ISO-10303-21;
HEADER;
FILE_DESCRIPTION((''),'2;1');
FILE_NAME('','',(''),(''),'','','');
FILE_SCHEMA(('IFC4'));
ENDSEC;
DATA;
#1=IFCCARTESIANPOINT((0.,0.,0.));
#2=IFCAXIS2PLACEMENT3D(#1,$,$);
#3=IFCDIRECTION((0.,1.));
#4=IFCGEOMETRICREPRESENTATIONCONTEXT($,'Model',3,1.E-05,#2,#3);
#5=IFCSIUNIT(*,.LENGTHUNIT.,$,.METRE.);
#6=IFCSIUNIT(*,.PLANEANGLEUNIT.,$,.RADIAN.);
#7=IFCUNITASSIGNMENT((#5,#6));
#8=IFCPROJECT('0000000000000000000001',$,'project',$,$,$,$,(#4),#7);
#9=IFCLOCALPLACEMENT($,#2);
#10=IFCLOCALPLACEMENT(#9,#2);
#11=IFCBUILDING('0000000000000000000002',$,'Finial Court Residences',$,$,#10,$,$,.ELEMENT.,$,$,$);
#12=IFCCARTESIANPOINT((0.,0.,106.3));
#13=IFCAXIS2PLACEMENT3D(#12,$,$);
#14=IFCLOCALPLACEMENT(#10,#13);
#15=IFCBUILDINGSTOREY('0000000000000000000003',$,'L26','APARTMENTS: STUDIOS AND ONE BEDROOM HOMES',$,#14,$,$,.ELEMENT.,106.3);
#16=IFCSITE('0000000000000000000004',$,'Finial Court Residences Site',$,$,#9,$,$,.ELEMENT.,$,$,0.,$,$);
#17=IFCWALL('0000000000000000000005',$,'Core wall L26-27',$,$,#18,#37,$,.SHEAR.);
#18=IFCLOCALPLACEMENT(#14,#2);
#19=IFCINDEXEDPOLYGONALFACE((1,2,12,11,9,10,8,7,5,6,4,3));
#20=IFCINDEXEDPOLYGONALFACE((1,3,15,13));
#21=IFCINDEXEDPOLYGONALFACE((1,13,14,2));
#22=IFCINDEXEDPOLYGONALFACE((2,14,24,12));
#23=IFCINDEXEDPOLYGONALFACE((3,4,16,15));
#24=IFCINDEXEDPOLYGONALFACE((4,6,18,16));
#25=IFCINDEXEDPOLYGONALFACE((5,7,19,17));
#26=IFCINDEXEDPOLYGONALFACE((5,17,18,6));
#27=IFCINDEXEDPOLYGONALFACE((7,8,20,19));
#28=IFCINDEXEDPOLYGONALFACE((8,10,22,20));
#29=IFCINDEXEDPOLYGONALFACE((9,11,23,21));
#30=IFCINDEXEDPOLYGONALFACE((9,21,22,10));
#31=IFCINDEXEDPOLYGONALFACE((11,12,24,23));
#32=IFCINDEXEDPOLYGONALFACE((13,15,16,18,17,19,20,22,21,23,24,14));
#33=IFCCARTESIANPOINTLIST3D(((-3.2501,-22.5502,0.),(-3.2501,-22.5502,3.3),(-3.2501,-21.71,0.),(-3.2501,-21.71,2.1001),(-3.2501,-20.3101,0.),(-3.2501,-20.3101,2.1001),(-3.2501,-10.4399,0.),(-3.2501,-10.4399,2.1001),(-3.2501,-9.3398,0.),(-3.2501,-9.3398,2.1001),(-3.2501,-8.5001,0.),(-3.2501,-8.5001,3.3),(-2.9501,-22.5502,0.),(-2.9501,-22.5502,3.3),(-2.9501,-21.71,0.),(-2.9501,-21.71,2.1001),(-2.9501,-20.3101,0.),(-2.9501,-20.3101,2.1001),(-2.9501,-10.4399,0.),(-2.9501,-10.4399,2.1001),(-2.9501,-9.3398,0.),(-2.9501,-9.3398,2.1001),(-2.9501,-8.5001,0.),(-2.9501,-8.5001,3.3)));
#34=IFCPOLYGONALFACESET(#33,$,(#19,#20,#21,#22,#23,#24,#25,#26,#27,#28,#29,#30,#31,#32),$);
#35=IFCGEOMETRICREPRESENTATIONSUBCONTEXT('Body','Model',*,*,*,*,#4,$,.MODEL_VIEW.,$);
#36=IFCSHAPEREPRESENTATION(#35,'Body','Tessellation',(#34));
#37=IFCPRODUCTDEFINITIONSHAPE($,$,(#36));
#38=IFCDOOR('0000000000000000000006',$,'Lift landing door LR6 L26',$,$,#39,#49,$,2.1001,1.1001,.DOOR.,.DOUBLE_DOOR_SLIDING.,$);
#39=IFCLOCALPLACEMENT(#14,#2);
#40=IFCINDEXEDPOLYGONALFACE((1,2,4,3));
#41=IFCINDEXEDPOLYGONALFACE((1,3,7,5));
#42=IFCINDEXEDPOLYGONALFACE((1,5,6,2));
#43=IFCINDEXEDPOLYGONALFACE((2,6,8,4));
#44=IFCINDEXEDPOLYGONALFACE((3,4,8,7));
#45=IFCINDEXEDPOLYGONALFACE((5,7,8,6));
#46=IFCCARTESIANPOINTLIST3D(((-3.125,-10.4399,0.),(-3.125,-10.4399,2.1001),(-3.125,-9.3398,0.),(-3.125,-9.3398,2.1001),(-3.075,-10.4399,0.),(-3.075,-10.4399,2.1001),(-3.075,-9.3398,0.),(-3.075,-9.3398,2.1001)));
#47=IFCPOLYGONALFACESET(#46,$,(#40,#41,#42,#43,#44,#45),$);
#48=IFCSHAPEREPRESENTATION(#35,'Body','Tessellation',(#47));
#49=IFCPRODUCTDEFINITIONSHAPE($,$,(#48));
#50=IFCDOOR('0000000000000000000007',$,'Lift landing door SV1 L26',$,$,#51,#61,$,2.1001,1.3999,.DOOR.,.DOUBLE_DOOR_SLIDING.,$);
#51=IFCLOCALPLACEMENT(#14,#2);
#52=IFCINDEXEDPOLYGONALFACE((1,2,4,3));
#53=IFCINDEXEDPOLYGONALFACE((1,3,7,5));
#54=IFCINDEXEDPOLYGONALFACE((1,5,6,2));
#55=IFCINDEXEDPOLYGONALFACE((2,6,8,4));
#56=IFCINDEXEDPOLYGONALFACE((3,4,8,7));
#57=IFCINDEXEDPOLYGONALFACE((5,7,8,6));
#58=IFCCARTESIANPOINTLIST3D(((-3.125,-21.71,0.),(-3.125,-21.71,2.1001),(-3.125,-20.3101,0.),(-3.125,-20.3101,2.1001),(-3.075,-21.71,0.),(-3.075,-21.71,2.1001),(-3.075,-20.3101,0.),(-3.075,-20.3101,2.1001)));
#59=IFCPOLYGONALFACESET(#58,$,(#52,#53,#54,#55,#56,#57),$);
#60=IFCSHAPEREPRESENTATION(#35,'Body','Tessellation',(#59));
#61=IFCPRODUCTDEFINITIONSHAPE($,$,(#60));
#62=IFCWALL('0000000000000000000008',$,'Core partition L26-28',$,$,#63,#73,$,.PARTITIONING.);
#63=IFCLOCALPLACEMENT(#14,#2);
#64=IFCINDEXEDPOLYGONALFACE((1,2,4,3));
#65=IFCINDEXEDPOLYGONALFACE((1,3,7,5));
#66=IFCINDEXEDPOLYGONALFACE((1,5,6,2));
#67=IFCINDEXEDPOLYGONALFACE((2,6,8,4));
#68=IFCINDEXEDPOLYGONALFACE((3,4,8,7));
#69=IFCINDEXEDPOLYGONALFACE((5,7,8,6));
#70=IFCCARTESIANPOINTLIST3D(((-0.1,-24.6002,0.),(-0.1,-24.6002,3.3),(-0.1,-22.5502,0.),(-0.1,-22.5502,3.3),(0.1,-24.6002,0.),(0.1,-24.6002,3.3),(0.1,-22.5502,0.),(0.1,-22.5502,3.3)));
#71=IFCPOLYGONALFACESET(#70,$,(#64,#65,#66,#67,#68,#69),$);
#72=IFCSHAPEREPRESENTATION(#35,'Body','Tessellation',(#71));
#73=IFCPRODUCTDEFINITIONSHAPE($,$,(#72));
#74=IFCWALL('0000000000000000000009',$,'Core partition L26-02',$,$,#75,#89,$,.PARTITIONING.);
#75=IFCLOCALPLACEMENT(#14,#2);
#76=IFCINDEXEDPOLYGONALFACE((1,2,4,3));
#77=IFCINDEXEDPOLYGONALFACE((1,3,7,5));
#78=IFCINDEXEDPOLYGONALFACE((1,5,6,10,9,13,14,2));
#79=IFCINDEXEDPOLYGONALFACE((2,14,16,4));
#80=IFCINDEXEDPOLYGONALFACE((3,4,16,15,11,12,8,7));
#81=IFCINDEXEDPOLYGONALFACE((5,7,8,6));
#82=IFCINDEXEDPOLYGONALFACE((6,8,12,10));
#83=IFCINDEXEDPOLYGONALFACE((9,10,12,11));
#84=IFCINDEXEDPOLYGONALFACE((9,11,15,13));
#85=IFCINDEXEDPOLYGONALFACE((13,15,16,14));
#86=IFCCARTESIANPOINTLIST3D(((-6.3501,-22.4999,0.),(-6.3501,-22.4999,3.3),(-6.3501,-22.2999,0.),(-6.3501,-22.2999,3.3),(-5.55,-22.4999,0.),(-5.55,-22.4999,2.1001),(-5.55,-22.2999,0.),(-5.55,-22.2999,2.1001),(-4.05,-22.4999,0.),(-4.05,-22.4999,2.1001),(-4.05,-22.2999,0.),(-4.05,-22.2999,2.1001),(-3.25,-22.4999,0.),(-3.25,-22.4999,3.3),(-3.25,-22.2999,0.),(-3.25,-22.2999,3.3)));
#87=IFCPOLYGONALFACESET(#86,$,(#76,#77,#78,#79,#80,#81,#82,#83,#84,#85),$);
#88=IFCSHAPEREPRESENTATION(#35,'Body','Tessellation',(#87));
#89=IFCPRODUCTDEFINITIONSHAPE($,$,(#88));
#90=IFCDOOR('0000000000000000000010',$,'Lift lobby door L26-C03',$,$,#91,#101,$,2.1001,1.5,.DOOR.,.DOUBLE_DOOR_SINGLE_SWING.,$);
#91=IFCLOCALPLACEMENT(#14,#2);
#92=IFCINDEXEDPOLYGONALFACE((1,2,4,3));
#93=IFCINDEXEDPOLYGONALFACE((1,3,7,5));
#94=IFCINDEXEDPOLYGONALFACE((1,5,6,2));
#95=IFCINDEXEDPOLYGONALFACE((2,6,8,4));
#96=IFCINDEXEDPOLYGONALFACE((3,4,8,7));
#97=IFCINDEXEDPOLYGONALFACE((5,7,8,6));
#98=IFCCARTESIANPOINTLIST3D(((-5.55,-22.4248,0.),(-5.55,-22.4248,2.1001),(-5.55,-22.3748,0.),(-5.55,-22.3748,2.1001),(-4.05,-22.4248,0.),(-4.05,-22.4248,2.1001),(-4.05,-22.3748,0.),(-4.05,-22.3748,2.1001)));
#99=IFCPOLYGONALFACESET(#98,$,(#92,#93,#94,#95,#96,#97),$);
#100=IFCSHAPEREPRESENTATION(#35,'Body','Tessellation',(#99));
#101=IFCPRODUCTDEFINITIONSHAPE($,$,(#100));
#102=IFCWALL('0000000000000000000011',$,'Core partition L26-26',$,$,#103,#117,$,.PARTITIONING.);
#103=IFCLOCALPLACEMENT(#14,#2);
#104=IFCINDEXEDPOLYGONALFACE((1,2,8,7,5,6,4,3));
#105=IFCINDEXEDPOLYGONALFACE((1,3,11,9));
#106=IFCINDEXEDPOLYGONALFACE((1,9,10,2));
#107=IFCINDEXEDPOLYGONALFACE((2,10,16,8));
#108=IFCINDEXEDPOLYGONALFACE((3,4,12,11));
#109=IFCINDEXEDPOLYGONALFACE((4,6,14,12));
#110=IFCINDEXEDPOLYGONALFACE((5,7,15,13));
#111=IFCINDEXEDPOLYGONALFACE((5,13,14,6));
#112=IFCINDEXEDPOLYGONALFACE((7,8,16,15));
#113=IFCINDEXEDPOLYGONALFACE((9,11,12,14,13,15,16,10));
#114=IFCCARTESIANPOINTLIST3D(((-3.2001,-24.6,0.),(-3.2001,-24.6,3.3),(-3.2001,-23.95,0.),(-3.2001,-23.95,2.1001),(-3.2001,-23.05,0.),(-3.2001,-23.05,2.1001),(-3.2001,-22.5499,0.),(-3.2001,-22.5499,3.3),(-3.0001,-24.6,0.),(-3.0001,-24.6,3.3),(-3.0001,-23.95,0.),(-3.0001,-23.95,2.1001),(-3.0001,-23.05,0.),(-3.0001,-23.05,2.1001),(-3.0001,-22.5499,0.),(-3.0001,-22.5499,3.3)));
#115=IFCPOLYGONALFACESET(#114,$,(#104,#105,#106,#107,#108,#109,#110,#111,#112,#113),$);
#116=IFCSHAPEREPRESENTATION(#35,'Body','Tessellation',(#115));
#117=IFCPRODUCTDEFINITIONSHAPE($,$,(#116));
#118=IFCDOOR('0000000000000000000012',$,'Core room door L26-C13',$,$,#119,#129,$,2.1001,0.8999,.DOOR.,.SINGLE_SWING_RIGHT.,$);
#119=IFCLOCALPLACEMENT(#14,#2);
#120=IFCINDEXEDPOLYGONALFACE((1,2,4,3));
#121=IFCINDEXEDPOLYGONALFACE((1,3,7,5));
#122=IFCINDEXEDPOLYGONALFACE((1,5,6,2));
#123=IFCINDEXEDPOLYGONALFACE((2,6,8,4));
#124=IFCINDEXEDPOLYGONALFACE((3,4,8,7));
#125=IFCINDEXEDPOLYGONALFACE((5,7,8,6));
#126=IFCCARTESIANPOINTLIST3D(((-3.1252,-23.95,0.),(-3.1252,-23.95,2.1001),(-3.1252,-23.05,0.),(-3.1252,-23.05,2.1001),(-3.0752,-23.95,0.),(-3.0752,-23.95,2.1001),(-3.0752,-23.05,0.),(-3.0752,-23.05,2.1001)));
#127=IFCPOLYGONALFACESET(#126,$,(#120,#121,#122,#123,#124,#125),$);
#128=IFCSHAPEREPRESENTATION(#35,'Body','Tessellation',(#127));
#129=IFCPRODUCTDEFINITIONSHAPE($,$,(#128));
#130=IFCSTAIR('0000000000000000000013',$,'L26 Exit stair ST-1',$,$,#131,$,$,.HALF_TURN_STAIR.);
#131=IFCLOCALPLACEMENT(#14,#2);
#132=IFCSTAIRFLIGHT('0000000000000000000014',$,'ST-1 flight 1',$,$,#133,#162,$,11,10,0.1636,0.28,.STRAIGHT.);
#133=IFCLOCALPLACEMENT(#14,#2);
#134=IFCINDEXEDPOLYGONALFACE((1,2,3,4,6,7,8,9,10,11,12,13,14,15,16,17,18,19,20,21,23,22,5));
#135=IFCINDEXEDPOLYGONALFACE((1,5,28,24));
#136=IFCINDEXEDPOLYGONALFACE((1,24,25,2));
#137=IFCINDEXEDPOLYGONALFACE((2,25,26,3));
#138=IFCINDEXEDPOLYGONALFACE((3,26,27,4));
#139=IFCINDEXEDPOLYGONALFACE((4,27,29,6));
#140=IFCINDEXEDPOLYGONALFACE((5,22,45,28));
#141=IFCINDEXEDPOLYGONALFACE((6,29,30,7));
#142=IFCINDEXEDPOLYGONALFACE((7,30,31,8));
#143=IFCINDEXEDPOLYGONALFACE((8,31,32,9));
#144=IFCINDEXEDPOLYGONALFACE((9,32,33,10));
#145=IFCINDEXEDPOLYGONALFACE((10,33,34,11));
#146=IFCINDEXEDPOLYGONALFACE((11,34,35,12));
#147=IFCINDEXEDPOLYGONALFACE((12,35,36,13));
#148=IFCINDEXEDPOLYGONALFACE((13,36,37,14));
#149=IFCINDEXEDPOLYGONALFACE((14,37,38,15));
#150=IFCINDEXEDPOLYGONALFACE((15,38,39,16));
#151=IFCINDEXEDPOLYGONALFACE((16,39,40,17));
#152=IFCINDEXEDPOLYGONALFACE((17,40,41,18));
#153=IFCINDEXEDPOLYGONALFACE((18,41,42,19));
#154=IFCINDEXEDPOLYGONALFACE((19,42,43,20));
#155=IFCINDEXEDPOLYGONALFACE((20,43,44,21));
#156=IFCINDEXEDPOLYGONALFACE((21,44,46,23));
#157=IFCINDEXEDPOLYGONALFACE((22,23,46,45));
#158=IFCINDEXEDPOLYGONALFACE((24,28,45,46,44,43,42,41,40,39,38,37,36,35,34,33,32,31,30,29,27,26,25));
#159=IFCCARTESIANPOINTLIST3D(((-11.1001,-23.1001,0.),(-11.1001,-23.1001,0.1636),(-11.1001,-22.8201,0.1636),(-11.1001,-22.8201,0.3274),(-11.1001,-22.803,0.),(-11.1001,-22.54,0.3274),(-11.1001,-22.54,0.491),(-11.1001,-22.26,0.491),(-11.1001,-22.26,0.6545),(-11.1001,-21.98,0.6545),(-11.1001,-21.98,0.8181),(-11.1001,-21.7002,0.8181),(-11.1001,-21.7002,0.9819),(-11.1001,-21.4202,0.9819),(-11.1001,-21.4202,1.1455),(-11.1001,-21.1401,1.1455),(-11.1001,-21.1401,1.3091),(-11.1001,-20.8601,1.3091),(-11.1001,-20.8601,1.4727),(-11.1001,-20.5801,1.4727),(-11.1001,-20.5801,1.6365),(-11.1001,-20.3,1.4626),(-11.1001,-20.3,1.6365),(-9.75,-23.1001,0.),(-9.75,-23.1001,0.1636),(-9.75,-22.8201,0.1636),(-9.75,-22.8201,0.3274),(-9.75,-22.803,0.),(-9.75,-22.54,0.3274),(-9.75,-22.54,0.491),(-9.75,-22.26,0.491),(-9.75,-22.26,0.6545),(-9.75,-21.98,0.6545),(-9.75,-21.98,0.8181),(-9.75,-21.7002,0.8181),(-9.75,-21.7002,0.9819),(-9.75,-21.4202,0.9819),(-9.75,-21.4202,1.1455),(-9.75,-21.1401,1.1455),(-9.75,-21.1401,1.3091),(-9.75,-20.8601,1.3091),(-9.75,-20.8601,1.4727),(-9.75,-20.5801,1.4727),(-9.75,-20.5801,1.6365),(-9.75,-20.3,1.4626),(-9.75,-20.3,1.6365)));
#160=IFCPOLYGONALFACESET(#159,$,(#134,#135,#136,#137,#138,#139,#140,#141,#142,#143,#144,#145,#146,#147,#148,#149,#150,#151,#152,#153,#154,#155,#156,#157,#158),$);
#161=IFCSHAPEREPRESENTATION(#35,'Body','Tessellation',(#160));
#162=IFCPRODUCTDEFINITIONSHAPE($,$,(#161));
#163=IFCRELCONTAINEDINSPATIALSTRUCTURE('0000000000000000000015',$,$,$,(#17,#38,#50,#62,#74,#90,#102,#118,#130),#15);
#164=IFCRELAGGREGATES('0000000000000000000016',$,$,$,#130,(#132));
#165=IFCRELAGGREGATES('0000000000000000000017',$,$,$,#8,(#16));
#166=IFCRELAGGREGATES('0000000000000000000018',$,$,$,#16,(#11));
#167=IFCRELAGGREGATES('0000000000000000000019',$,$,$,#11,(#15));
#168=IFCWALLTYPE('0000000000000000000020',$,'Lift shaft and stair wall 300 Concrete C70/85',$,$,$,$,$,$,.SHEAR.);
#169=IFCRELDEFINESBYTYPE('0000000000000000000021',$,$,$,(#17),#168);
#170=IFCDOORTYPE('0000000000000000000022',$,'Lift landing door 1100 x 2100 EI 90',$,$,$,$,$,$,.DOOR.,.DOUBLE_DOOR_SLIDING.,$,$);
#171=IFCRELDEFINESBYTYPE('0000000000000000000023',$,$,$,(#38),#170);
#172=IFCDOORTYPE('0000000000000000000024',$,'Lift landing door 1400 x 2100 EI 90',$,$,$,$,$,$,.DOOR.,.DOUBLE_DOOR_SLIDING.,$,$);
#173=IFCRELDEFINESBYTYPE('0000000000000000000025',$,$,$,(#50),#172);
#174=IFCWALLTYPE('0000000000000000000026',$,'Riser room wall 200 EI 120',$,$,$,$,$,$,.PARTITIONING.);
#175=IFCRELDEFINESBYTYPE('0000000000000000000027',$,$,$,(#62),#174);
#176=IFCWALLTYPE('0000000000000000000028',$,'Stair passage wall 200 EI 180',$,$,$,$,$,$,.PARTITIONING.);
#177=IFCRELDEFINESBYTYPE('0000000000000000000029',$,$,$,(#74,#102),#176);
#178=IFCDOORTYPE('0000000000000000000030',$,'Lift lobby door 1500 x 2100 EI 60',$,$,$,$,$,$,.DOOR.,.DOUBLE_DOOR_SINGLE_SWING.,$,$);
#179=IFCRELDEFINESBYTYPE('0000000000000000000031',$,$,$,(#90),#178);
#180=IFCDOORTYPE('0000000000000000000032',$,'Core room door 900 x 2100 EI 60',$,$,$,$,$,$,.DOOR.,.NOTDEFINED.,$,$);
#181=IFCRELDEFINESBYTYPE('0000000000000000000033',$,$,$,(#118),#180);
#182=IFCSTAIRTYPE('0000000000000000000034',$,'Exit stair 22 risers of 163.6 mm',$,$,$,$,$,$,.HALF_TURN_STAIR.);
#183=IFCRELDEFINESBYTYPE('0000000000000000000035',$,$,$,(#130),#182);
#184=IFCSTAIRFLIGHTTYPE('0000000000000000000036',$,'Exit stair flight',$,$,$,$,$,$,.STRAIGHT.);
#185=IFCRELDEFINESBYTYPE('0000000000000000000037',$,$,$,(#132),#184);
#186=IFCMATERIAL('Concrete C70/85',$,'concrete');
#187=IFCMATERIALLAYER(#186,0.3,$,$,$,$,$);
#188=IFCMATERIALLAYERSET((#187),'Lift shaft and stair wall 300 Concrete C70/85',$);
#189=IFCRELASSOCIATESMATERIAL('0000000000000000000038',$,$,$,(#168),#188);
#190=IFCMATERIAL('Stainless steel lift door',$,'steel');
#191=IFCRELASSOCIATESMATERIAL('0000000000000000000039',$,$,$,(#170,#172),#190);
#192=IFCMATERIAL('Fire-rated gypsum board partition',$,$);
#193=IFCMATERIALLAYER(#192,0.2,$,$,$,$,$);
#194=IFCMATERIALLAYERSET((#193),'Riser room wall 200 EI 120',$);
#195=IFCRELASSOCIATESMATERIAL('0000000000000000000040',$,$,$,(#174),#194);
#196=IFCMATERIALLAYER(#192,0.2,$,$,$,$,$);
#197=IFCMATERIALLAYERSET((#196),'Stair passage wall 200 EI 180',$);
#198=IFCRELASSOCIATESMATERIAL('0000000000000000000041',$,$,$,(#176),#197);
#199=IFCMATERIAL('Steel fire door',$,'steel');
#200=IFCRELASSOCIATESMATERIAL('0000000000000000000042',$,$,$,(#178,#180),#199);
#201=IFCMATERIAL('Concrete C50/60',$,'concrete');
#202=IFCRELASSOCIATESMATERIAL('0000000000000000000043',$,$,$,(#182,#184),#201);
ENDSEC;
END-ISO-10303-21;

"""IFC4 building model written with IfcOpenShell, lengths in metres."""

from ifc_helpers import new_model, si_unit, direction, frame, frame_2d, origin, place, context, subcontext, project, spatial, polyline, rectangle, outline, extrude, material, layer, layer_set, type_object, element, fill, aggregate, save


model = new_model("IFC4")

# Units and contexts
model_context = context("Model", 3, precision=1e-05, world=origin(), true_north=direction((0.0, 1.0)))
body_context = subcontext(model_context, "Body", "Model", "MODEL_VIEW")
ifc_project = project(units=[si_unit("LENGTHUNIT", "METRE"), si_unit("PLANEANGLEUNIT", "RADIAN")], contexts=[model_context])

# Site, building, storey
site_placement = place(None, origin())
site = spatial("IfcSite", under=ifc_project, at=site_placement, Name="Finial Court Residences Site", CompositionType="ELEMENT", RefElevation=0.0)
building_placement = place(site_placement, origin())
building = spatial("IfcBuilding", under=site, at=building_placement, Name="Finial Court Residences", CompositionType="ELEMENT")
storey_placement = place(building_placement, frame((0.0, 0.0, 106.3)))
storey = spatial("IfcBuildingStorey", under=building, at=storey_placement, Name="L26", Description="APARTMENTS: STUDIOS AND ONE BEDROOM HOMES", CompositionType="ELEMENT", Elevation=106.3)

# Shared definitions
ifc_material_1 = material(Name="Concrete C70/85", Category="concrete")
ifc_layer_1 = layer(ifc_material_1, 0.3)
ifc_layer_set_1 = layer_set([ifc_layer_1], Name="Lift shaft and stair wall 300 Concrete C70/85")
wall_type_1 = type_object("IfcWallType", Name="Lift shaft and stair wall 300 Concrete C70/85", PredefinedType="SHEAR", material=ifc_layer_set_1)

# Shared definitions
ifc_material_2 = material(Name="Steel fire door", Category="steel")

# Wall, openings, doors
ifc_material_3 = material(Name="Stainless steel lift door", Category="steel")
door_type_1 = type_object("IfcDoorType", Name="Lift landing door 1100 x 2100 EI 90", OperationType="DOUBLE_DOOR_SLIDING", PredefinedType="DOOR", material=ifc_material_3)
wall_1_placement = place(storey_placement, frame((-3.1001, -22.55, 0.0), z_axis=(0.0, 0.0, 1.0), x_axis=(0.0, 1.0, 0.0)))
wall_1 = element("IfcWall", 1, at=wall_1_placement, inside=storey, type_object=wall_type_1, Name="Core wall L26-27", PredefinedType="SHEAR", context=body_context, shape_type="SweptSolid", body=[
    extrude(rectangle(XDim=14.05, YDim=0.3, at=frame_2d((7.0249, 0.0))), origin(), (0.0, 0.0, 1.0), 3.3),
])
opening_1_placement = place(wall_1_placement, frame((12.1101, 0.0, 0.0)))
opening_1 = element("IfcOpeningElement", 2, at=opening_1_placement, cuts=wall_1, PredefinedType="OPENING", context=body_context, shape_type="SweptSolid", body=[
    extrude(rectangle(XDim=1.1001, YDim=2.1001, at=frame_2d((0.55, 1.05))), frame((0.0, 0.1599, 0.0), z_axis=(0.0, -1.0, 0.0), x_axis=(1.0, 0.0, 0.0)), (0.0, 0.0, 1.0), 0.3201),
])
opening_2_placement = place(wall_1_placement, frame((0.8401, 0.0, 0.0)))
opening_2 = element("IfcOpeningElement", 3, at=opening_2_placement, cuts=wall_1, PredefinedType="OPENING", context=body_context, shape_type="SweptSolid", body=[
    extrude(rectangle(XDim=1.3999, YDim=2.1001, at=frame_2d((0.7, 1.05))), frame((0.0, 0.1599, 0.0), z_axis=(0.0, -1.0, 0.0), x_axis=(1.0, 0.0, 0.0)), (0.0, 0.0, 1.0), 0.3201),
])
door_1_placement = place(opening_1_placement, origin())
door_1 = element("IfcDoor", 4, at=door_1_placement, inside=storey, type_object=door_type_1, Name="Lift landing door LR6 L26", OperationType="DOUBLE_DOOR_SLIDING", OverallHeight=2.1001, OverallWidth=1.1001, PredefinedType="DOOR", context=body_context, shape_type="SweptSolid", body=[
    extrude(rectangle(XDim=1.1001, YDim=2.1001, at=frame_2d((0.55, 1.05))), frame((0.0, 0.0249, 0.0), z_axis=(0.0, -1.0, 0.0), x_axis=(1.0, 0.0, 0.0)), (0.0, 0.0, 1.0), 0.05),
])
fill(opening_1, door_1)
door_type_2 = type_object("IfcDoorType", Name="Lift landing door 1400 x 2100 EI 90", OperationType="DOUBLE_DOOR_SLIDING", PredefinedType="DOOR", material=ifc_material_3)
door_2_placement = place(opening_2_placement, origin())
door_2 = element("IfcDoor", 5, at=door_2_placement, inside=storey, type_object=door_type_2, Name="Lift landing door SV1 L26", OperationType="DOUBLE_DOOR_SLIDING", OverallHeight=2.1001, OverallWidth=1.3999, PredefinedType="DOOR", context=body_context, shape_type="SweptSolid", body=[
    extrude(rectangle(XDim=1.3999, YDim=2.1001, at=frame_2d((0.7, 1.05))), frame((0.0, 0.0249, 0.0), z_axis=(0.0, -1.0, 0.0), x_axis=(1.0, 0.0, 0.0)), (0.0, 0.0, 1.0), 0.05),
])
fill(opening_2, door_2)

# Wall
ifc_material_4 = material(Name="Fire-rated gypsum board partition")
ifc_layer_2 = layer(ifc_material_4, 0.2)
ifc_layer_set_2 = layer_set([ifc_layer_2], Name="Riser room wall 200 EI 120")
wall_type_2 = type_object("IfcWallType", Name="Riser room wall 200 EI 120", PredefinedType="PARTITIONING", material=ifc_layer_set_2)
wall_2_placement = place(storey_placement, frame((0.0, -24.6001, 0.0), z_axis=(0.0, 0.0, 1.0), x_axis=(0.0, 1.0, 0.0)))
element("IfcWall", 6, at=wall_2_placement, inside=storey, type_object=wall_type_2, Name="Core partition L26-28", PredefinedType="PARTITIONING", context=body_context, shape_type="SweptSolid", body=[
    extrude(rectangle(XDim=2.05, YDim=0.2, at=frame_2d((1.0249, 0.0))), origin(), (0.0, 0.0, 1.0), 3.3),
])

# Walls, openings, doors
ifc_layer_3 = layer(ifc_material_4, 0.2)
ifc_layer_set_3 = layer_set([ifc_layer_3], Name="Stair passage wall 200 EI 180")
wall_type_3 = type_object("IfcWallType", Name="Stair passage wall 200 EI 180", PredefinedType="PARTITIONING", material=ifc_layer_set_3)
wall_3_placement = place(storey_placement, frame((-3.25, -22.3999, 0.0), z_axis=(0.0, 0.0, 1.0), x_axis=(-1.0, 0.0, 0.0)))
wall_3 = element("IfcWall", 7, at=wall_3_placement, inside=storey, type_object=wall_type_3, Name="Core partition L26-02", PredefinedType="PARTITIONING", context=body_context, shape_type="SweptSolid", body=[
    extrude(rectangle(XDim=3.1001, YDim=0.2, at=frame_2d((1.55, 0.0))), origin(), (0.0, 0.0, 1.0), 3.3),
])
opening_3_placement = place(wall_3_placement, frame((0.8, 0.0, 0.0)))
opening_3 = element("IfcOpeningElement", 8, at=opening_3_placement, cuts=wall_3, PredefinedType="OPENING", context=body_context, shape_type="SweptSolid", body=[
    extrude(rectangle(XDim=1.5, YDim=2.1001, at=frame_2d((0.75, 1.05))), frame((0.0, 0.1099, 0.0), z_axis=(0.0, -1.0, 0.0), x_axis=(1.0, 0.0, 0.0)), (0.0, 0.0, 1.0), 0.22),
])
door_type_3 = type_object("IfcDoorType", Name="Lift lobby door 1500 x 2100 EI 60", OperationType="DOUBLE_DOOR_SINGLE_SWING", PredefinedType="DOOR", material=ifc_material_2)
door_3_placement = place(opening_3_placement, origin())
door_3 = element("IfcDoor", 9, at=door_3_placement, inside=storey, type_object=door_type_3, Name="Lift lobby door L26-C03", OperationType="DOUBLE_DOOR_SINGLE_SWING", OverallHeight=2.1001, OverallWidth=1.5, PredefinedType="DOOR", context=body_context, shape_type="SweptSolid", body=[
    extrude(rectangle(XDim=1.5, YDim=2.1001, at=frame_2d((0.75, 1.05))), frame((0.0, 0.0249, 0.0), z_axis=(0.0, -1.0, 0.0), x_axis=(1.0, 0.0, 0.0)), (0.0, 0.0, 1.0), 0.05),
])
fill(opening_3, door_3)
wall_4_placement = place(storey_placement, frame((-3.1001, -22.55, 0.0), z_axis=(0.0, 0.0, 1.0), x_axis=(0.0, -1.0, 0.0)))
wall_4 = element("IfcWall", 10, at=wall_4_placement, inside=storey, type_object=wall_type_3, Name="Core partition L26-26", PredefinedType="PARTITIONING", context=body_context, shape_type="SweptSolid", body=[
    extrude(rectangle(XDim=2.05, YDim=0.2, at=frame_2d((1.0249, 0.0))), origin(), (0.0, 0.0, 1.0), 3.3),
])
opening_4_placement = place(wall_4_placement, frame((0.5, 0.0, 0.0)))
opening_4 = element("IfcOpeningElement", 11, at=opening_4_placement, cuts=wall_4, PredefinedType="OPENING", context=body_context, shape_type="SweptSolid", body=[
    extrude(rectangle(XDim=0.8999, YDim=2.1001, at=frame_2d((0.45, 1.05))), frame((0.0, 0.1099, 0.0), z_axis=(0.0, -1.0, 0.0), x_axis=(1.0, 0.0, 0.0)), (0.0, 0.0, 1.0), 0.22),
])
door_type_4 = type_object("IfcDoorType", Name="Core room door 900 x 2100 EI 60", OperationType="NOTDEFINED", PredefinedType="DOOR", material=ifc_material_2)
door_4_placement = place(opening_4_placement, origin())
door_4 = element("IfcDoor", 12, at=door_4_placement, inside=storey, type_object=door_type_4, Name="Core room door L26-C13", OperationType="SINGLE_SWING_RIGHT", OverallHeight=2.1001, OverallWidth=0.8999, PredefinedType="DOOR", context=body_context, shape_type="SweptSolid", body=[
    extrude(rectangle(XDim=0.8999, YDim=2.1001, at=frame_2d((0.45, 1.05))), frame((0.0, 0.0249, 0.0), z_axis=(0.0, -1.0, 0.0), x_axis=(1.0, 0.0, 0.0)), (0.0, 0.0, 1.0), 0.05),
])
fill(opening_4, door_4)

# Stair, stair flight
ifc_material_5 = material(Name="Concrete C50/60", Category="concrete")
stair_type = type_object("IfcStairType", Name="Exit stair 22 risers of 163.6 mm", PredefinedType="HALF_TURN_STAIR", material=ifc_material_5)
stair_placement = place(storey_placement, origin())
stair = element("IfcStair", 13, at=stair_placement, inside=storey, type_object=stair_type, Name="L26 Exit stair ST-1", PredefinedType="HALF_TURN_STAIR")
stair_flight_type = type_object("IfcStairFlightType", Name="Exit stair flight", PredefinedType="STRAIGHT", material=ifc_material_5)
stair_flight_placement = place(storey_placement, frame((-10.425, -23.1001, 0.0), z_axis=(0.0, 0.0, 1.0), x_axis=(0.0, 1.0, 0.0)))
stair_flight = element("IfcStairFlight", 14, at=stair_flight_placement, type_object=stair_flight_type, Name="ST-1 flight 1", NumberOfRisers=11, NumberOfTreads=10, PredefinedType="STRAIGHT", RiserHeight=0.1636, TreadLength=0.28, context=body_context, shape_type="SweptSolid", body=[
    extrude(outline(polyline([(0.0, 0.0), (0.0, 0.1636), (0.28, 0.1636), (0.28, 0.3274), (0.5601, 0.3274), (0.5601, 0.491), (0.8401, 0.491), (0.8401, 0.6545), (1.1201, 0.6545), (1.1201, 0.8181), (1.3999, 0.8181), (1.3999, 0.9819), (1.6799, 0.9819), (1.6799, 1.1455), (1.96, 1.1455), (1.96, 1.3091), (2.24, 1.3091), (2.24, 1.4727), (2.52, 1.4727), (2.52, 1.6365), (2.8, 1.6365), (2.8, 1.8), (2.8, 1.4626), (0.2971, 0.0), (0.0, 0.0)])), frame((0.0, 0.675, 0.0), z_axis=(0.0, -1.0, 0.0), x_axis=(1.0, 0.0, 0.0)), (0.0, 0.0, 1.0), 1.3501),
])
aggregate(stair, [stair_flight])

save(model, "model.ifc")
